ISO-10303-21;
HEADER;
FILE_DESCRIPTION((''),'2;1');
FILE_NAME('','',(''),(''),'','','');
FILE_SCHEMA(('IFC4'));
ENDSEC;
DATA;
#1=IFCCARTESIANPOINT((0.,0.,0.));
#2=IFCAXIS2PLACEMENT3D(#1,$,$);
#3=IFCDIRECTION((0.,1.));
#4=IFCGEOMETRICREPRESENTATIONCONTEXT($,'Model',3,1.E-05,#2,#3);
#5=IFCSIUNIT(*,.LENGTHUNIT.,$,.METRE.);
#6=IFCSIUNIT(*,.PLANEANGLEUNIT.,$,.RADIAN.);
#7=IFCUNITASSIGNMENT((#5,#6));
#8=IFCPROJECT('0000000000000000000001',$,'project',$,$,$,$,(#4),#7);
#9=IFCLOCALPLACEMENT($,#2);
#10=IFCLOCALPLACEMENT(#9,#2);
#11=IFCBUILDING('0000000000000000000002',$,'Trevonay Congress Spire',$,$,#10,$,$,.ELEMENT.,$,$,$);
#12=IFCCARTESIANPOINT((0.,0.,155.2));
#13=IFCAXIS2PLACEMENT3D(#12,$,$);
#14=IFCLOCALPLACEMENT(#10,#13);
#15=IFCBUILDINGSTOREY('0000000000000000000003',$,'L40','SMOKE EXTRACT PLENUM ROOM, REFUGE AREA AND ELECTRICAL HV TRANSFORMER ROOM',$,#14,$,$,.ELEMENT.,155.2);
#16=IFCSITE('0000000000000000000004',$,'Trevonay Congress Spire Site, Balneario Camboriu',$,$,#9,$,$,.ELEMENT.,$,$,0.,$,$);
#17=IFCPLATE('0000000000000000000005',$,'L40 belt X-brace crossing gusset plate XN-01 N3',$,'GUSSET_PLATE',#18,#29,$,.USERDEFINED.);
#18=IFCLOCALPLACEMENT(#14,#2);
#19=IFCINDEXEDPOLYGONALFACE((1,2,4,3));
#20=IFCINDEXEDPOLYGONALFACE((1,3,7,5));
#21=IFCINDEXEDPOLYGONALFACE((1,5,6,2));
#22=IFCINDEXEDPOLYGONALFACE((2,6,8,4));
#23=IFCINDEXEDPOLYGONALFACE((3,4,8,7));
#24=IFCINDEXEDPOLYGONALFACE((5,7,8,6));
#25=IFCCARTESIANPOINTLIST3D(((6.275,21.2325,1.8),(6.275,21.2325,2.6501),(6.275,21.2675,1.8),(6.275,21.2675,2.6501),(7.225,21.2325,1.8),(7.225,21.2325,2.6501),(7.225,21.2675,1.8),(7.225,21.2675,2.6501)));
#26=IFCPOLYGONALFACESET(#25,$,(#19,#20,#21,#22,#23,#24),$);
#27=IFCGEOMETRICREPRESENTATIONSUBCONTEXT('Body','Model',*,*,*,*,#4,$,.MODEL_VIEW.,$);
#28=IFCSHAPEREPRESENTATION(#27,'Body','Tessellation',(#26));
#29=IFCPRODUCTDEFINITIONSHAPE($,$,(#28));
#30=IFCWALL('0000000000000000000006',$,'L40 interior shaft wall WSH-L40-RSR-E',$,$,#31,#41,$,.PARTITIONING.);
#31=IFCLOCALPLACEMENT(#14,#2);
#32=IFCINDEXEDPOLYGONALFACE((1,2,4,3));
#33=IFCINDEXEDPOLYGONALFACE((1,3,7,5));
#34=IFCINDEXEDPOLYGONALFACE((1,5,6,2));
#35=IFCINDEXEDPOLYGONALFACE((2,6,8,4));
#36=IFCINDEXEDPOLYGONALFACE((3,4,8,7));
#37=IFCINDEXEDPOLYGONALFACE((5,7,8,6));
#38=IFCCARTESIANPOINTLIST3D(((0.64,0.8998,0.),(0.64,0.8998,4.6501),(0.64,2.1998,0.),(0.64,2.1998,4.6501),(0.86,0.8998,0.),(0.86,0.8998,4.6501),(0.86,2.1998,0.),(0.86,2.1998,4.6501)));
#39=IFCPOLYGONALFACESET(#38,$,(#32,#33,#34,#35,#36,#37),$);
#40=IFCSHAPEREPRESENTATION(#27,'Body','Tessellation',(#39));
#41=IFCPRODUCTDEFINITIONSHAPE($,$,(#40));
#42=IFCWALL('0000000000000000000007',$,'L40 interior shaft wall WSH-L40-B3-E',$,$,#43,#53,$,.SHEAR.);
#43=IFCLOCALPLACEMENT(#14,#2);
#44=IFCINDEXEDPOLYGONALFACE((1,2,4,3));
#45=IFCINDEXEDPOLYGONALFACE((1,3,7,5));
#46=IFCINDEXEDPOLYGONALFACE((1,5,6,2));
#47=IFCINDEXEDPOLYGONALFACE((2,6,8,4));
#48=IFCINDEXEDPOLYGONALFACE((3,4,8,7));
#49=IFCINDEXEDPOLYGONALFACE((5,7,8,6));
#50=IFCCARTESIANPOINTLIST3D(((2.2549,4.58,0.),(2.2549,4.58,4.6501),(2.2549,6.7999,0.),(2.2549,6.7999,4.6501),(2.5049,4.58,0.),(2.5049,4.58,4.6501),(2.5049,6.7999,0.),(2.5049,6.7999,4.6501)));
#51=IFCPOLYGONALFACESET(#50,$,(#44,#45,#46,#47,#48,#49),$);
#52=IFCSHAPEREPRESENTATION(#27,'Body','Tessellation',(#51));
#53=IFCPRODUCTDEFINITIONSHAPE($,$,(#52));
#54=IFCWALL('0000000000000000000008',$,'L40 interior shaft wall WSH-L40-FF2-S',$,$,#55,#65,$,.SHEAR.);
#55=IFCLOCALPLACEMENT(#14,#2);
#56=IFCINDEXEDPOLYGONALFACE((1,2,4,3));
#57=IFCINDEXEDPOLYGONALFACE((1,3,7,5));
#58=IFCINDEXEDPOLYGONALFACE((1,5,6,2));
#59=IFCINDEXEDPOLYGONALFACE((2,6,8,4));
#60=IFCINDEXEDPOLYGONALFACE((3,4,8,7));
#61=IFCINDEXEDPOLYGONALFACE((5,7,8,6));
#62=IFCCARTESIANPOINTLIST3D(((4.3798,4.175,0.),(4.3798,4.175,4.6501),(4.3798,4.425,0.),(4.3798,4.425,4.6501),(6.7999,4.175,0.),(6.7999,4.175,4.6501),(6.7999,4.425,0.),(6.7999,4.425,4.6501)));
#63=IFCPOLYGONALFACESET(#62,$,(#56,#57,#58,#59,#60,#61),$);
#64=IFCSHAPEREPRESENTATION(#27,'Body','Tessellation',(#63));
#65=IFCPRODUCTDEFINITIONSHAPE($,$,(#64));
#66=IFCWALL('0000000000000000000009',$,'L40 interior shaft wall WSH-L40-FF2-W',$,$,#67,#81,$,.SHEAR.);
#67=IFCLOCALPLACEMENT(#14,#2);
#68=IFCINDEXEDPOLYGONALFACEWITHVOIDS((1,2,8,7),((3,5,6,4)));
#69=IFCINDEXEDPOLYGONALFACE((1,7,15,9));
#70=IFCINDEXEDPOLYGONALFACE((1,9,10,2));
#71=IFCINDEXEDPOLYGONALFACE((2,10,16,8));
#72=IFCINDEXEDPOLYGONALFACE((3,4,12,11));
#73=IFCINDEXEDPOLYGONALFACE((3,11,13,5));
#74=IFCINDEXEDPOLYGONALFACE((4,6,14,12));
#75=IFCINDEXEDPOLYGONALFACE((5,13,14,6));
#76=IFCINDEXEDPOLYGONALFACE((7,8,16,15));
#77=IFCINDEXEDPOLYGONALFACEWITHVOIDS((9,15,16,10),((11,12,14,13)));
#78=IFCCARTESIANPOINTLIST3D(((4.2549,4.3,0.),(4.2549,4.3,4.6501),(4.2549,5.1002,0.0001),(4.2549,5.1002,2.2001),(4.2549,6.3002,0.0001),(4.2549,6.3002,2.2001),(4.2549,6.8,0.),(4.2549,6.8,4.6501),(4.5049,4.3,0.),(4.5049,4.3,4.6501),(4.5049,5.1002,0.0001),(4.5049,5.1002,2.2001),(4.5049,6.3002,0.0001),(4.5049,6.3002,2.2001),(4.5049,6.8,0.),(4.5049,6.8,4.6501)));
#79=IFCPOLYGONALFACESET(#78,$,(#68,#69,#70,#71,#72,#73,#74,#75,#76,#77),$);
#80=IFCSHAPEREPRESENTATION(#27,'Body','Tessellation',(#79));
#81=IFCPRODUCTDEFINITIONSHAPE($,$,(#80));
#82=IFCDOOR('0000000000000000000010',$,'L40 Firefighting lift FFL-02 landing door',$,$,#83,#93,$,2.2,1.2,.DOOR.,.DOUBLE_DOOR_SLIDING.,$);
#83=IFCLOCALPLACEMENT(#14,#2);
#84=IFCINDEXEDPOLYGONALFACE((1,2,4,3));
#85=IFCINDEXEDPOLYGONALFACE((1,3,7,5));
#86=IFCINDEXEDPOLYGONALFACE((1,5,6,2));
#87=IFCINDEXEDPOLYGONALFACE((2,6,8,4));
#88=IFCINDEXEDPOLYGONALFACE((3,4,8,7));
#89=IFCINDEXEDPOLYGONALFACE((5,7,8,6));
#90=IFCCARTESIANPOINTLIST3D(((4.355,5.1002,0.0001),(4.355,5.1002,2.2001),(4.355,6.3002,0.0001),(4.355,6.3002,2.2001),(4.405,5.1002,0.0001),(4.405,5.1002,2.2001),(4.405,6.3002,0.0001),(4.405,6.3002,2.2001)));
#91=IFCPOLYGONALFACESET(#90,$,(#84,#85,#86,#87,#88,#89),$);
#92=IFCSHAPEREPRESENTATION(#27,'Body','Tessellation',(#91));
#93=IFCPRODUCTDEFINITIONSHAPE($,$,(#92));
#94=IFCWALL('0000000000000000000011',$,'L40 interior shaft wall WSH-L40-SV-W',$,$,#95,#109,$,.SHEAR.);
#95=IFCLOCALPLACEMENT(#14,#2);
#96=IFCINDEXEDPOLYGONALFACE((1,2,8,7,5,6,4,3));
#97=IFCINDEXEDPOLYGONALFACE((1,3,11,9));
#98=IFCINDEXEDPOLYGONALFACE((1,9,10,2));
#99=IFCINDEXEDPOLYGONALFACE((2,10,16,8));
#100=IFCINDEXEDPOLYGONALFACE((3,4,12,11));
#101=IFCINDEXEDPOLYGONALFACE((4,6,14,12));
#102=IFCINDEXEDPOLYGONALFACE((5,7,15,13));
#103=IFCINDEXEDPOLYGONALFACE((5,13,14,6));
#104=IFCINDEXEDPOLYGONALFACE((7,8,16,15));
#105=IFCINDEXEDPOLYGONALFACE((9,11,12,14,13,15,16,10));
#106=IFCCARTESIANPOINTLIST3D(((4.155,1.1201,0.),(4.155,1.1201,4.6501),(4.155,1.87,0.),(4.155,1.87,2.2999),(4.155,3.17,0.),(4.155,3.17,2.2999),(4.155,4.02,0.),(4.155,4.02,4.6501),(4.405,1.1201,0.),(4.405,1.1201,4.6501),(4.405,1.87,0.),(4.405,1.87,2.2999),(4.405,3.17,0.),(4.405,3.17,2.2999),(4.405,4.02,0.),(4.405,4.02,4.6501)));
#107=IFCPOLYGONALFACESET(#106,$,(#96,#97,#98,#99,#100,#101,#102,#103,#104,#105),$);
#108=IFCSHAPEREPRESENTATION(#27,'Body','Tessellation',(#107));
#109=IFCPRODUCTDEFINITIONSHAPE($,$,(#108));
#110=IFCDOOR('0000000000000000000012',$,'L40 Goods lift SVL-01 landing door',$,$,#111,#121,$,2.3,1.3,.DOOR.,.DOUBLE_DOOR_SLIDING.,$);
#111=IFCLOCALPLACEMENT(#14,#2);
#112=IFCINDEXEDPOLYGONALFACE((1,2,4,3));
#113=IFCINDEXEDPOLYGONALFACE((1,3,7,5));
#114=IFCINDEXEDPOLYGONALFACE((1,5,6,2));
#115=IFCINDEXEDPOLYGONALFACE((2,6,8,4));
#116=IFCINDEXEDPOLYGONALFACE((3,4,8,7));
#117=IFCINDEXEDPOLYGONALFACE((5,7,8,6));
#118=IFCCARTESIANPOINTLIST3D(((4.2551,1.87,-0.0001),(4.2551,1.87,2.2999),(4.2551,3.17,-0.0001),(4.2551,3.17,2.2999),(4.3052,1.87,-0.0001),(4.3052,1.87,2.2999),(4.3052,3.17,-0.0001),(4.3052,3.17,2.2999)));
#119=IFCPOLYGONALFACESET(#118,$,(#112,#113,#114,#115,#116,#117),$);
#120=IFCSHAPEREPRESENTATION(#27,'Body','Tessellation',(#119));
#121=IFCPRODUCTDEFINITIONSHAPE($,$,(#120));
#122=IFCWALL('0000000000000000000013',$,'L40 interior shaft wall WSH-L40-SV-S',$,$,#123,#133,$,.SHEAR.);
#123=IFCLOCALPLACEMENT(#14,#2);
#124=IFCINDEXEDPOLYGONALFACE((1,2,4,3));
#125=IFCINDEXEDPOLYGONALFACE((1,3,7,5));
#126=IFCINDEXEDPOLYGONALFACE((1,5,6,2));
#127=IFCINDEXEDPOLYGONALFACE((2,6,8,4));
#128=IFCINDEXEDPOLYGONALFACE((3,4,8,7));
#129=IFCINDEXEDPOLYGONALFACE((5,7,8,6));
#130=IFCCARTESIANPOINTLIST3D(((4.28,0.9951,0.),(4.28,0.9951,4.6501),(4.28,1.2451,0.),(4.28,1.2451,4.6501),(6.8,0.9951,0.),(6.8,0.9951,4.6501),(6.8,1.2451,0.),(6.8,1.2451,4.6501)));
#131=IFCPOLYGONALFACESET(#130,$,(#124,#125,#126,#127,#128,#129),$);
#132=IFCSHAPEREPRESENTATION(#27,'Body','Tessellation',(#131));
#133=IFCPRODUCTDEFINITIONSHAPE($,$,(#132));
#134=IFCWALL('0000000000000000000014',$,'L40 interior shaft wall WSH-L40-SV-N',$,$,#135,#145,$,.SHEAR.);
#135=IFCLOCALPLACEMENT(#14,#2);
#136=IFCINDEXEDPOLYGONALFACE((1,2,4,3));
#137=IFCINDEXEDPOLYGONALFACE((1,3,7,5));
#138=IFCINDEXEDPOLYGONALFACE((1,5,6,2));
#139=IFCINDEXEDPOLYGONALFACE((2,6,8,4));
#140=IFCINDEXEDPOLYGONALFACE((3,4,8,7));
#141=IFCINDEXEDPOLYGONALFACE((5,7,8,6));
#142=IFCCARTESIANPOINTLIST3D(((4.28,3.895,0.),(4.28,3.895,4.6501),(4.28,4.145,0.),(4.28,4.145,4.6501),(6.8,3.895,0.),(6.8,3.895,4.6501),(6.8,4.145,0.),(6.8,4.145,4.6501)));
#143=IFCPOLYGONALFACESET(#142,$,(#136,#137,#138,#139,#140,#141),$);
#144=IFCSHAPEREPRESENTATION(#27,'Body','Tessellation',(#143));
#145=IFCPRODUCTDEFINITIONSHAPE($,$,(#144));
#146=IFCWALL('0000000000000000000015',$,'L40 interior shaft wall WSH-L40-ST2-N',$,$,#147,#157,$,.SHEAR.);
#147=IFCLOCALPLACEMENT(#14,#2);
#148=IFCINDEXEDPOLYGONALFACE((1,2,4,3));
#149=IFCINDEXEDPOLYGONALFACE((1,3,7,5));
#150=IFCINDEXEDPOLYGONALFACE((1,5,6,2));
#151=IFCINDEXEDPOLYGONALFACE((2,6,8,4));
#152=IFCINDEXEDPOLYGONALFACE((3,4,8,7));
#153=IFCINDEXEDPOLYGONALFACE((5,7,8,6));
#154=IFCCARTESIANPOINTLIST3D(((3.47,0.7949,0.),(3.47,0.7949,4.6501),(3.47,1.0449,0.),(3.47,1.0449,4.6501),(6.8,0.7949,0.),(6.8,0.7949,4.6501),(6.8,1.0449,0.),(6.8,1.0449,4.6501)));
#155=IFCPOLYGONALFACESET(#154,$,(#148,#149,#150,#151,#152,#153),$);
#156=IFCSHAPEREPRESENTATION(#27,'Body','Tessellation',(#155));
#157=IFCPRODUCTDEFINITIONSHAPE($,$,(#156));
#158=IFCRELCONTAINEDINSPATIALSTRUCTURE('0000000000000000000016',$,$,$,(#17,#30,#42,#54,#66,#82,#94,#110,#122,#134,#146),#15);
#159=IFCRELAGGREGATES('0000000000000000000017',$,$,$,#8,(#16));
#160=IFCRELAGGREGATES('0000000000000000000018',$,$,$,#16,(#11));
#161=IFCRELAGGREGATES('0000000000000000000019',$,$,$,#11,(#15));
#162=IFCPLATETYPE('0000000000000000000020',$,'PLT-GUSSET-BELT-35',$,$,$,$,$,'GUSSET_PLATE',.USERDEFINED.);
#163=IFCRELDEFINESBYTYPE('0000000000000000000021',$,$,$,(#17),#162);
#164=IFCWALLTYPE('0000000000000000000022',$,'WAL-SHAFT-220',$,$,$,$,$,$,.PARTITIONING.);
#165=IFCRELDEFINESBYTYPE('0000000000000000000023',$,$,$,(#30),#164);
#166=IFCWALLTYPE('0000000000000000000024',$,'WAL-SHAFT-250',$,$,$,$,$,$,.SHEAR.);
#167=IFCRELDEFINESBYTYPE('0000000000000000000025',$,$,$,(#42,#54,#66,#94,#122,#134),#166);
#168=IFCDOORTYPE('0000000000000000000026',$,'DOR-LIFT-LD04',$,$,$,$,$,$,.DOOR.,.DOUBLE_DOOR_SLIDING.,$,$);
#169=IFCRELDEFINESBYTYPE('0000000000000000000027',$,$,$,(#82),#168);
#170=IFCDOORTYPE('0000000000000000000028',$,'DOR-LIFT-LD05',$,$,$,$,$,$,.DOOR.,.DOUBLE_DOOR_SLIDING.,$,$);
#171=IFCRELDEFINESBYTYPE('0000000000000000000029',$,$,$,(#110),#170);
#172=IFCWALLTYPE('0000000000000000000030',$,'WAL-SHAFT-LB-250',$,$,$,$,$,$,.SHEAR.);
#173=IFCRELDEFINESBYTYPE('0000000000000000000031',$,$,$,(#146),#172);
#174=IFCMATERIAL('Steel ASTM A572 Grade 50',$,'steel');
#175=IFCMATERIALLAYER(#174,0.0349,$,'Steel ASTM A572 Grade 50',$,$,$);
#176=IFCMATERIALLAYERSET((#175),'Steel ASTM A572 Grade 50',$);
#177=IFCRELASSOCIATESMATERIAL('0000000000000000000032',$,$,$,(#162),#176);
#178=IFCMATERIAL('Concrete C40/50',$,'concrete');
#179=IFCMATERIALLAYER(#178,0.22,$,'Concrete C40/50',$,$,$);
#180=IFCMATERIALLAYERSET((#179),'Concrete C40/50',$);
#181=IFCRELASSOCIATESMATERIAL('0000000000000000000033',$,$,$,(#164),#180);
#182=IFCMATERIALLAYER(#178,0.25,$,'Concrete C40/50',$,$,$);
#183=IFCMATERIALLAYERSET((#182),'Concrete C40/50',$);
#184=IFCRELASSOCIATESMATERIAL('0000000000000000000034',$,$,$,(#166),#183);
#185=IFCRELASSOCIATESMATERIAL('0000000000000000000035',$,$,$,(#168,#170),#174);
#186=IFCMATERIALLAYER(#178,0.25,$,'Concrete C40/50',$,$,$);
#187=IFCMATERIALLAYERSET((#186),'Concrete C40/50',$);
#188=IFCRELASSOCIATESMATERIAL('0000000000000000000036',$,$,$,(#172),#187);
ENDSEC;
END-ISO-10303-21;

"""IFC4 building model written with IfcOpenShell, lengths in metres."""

from ifc_helpers import new_model, si_unit, direction, frame, frame_2d, origin, origin_2d, place, context, subcontext, project, spatial, rectangle, extrude, material, layer, layer_set, type_object, element, fill, save


model = new_model("IFC4")

# Units and contexts
model_context = context("Model", 3, precision=1e-05, world=origin(), true_north=direction((0.0, 1.0)))
body_context = subcontext(model_context, "Body", "Model", "MODEL_VIEW")
ifc_project = project(units=[si_unit("LENGTHUNIT", "METRE"), si_unit("PLANEANGLEUNIT", "RADIAN")], contexts=[model_context])

# Site, building, storey
site_placement = place(None, origin())
site = spatial("IfcSite", under=ifc_project, at=site_placement, Name="Trevonay Congress Spire Site, Balneario Camboriu", CompositionType="ELEMENT", RefElevation=0.0)
building_placement = place(site_placement, origin())
building = spatial("IfcBuilding", under=site, at=building_placement, Name="Trevonay Congress Spire", CompositionType="ELEMENT")
storey_placement = place(building_placement, frame((0.0, 0.0, 155.2)))
storey = spatial("IfcBuildingStorey", under=building, at=storey_placement, Name="L40", Description="SMOKE EXTRACT PLENUM ROOM, REFUGE AREA AND ELECTRICAL HV TRANSFORMER ROOM", CompositionType="ELEMENT", Elevation=155.2)

# Shared definitions
ifc_material_1 = material(Name="Steel ASTM A572 Grade 50", Category="steel")

# Plate
ifc_layer_1 = layer(ifc_material_1, 0.0349, Name="Steel ASTM A572 Grade 50")
ifc_layer_set_1 = layer_set([ifc_layer_1], Name="Steel ASTM A572 Grade 50")
plate_type = type_object("IfcPlateType", Name="PLT-GUSSET-BELT-35", ElementType="GUSSET_PLATE", PredefinedType="USERDEFINED", material=ifc_layer_set_1)
plate_placement = place(storey_placement, frame((6.75, 21.25, 1.8), z_axis=(0.0, 0.0, 1.0), x_axis=(1.0, 0.0, 0.0)))
element("IfcPlate", 1, at=plate_placement, inside=storey, type_object=plate_type, Name="L40 belt X-brace crossing gusset plate XN-01 N3", ObjectType="GUSSET_PLATE", PredefinedType="USERDEFINED", context=body_context, shape_type="SweptSolid", body=[
    extrude(rectangle(XDim=0.95, YDim=0.0349, at=origin_2d()), origin(), (0.0, 0.0, 1.0), 0.8501),
])

# Walls
ifc_material_2 = material(Name="Concrete C40/50", Category="concrete")
ifc_layer_2 = layer(ifc_material_2, 0.22, Name="Concrete C40/50")
ifc_layer_set_2 = layer_set([ifc_layer_2], Name="Concrete C40/50")
wall_type_1 = type_object("IfcWallType", Name="WAL-SHAFT-220", PredefinedType="PARTITIONING", material=ifc_layer_set_2)
wall_1_placement = place(storey_placement, frame((0.75, 0.8999, 0.0), z_axis=(0.0, 0.0, 1.0), x_axis=(0.0, 1.0, 0.0)))
element("IfcWall", 2, at=wall_1_placement, inside=storey, type_object=wall_type_1, Name="L40 interior shaft wall WSH-L40-RSR-E", PredefinedType="PARTITIONING", context=body_context, shape_type="SweptSolid", body=[
    extrude(rectangle(XDim=1.3, YDim=0.22, at=frame_2d((0.6499, 0.0))), origin(), (0.0, 0.0, 1.0), 4.6501),
])
ifc_layer_3 = layer(ifc_material_2, 0.25, Name="Concrete C40/50")
ifc_layer_set_3 = layer_set([ifc_layer_3], Name="Concrete C40/50")
wall_type_2 = type_object("IfcWallType", Name="WAL-SHAFT-250", PredefinedType="SHEAR", material=ifc_layer_set_3)
wall_2_placement = place(storey_placement, frame((2.3799, 4.5801, 0.0), z_axis=(0.0, 0.0, 1.0), x_axis=(0.0, 1.0, 0.0)))
element("IfcWall", 3, at=wall_2_placement, inside=storey, type_object=wall_type_2, Name="L40 interior shaft wall WSH-L40-B3-E", PredefinedType="SHEAR", context=body_context, shape_type="SweptSolid", body=[
    extrude(rectangle(XDim=2.22, YDim=0.25, at=frame_2d((1.1099, 0.0))), origin(), (0.0, 0.0, 1.0), 4.6501),
])
wall_3_placement = place(storey_placement, frame((4.3799, 4.3, 0.0), z_axis=(0.0, 0.0, 1.0), x_axis=(1.0, 0.0, 0.0)))
element("IfcWall", 4, at=wall_3_placement, inside=storey, type_object=wall_type_2, Name="L40 interior shaft wall WSH-L40-FF2-S", PredefinedType="SHEAR", context=body_context, shape_type="SweptSolid", body=[
    extrude(rectangle(XDim=2.4202, YDim=0.25, at=frame_2d((1.21, 0.0))), origin(), (0.0, 0.0, 1.0), 4.6501),
])

# Walls, openings, doors
wall_4_placement = place(storey_placement, frame((4.3799, 4.3, 0.0), z_axis=(0.0, 0.0, 1.0), x_axis=(0.0, 1.0, 0.0)))
wall_4 = element("IfcWall", 5, at=wall_4_placement, inside=storey, type_object=wall_type_2, Name="L40 interior shaft wall WSH-L40-FF2-W", PredefinedType="SHEAR", context=body_context, shape_type="SweptSolid", body=[
    extrude(rectangle(XDim=2.5, YDim=0.25, at=frame_2d((1.25, 0.0))), origin(), (0.0, 0.0, 1.0), 4.6501),
])
opening_1_placement = place(wall_4_placement, frame((0.8, 0.0, 0.0)))
opening_1 = element("IfcOpeningElement", 6, at=opening_1_placement, cuts=wall_4, PredefinedType="OPENING", context=body_context, shape_type="SweptSolid", body=[
    extrude(rectangle(XDim=1.2, YDim=2.2, at=frame_2d((0.6001, 1.1001))), frame((0.0, 0.135, 0.0), z_axis=(0.0, -1.0, 0.0), x_axis=(1.0, 0.0, 0.0)), (0.0, 0.0, 1.0), 0.27),
])
door_type_1 = type_object("IfcDoorType", Name="DOR-LIFT-LD04", OperationType="DOUBLE_DOOR_SLIDING", PredefinedType="DOOR", material=ifc_material_1)
door_1_placement = place(opening_1_placement, origin())
door_1 = element("IfcDoor", 7, at=door_1_placement, inside=storey, type_object=door_type_1, Name="L40 Firefighting lift FFL-02 landing door", OperationType="DOUBLE_DOOR_SLIDING", OverallHeight=2.2, OverallWidth=1.2, PredefinedType="DOOR", context=body_context, shape_type="SweptSolid", body=[
    extrude(rectangle(XDim=1.2, YDim=2.2, at=frame_2d((0.6001, 1.1001))), frame((0.0, 0.0249, 0.0), z_axis=(0.0, -1.0, 0.0), x_axis=(1.0, 0.0, 0.0)), (0.0, 0.0, 1.0), 0.05),
])
fill(opening_1, door_1)
wall_5_placement = place(storey_placement, frame((4.28, 1.1201, 0.0), z_axis=(0.0, 0.0, 1.0), x_axis=(0.0, 1.0, 0.0)))
wall_5 = element("IfcWall", 8, at=wall_5_placement, inside=storey, type_object=wall_type_2, Name="L40 interior shaft wall WSH-L40-SV-W", PredefinedType="SHEAR", context=body_context, shape_type="SweptSolid", body=[
    extrude(rectangle(XDim=2.8999, YDim=0.25, at=frame_2d((1.45, 0.0))), origin(), (0.0, 0.0, 1.0), 4.6501),
])
opening_2_placement = place(wall_5_placement, frame((0.75, 0.0, 0.0)))
opening_2 = element("IfcOpeningElement", 9, at=opening_2_placement, cuts=wall_5, PredefinedType="OPENING", context=body_context, shape_type="SweptSolid", body=[
    extrude(rectangle(XDim=1.3, YDim=2.3, at=frame_2d((0.6499, 1.1499))), frame((0.0, 0.135, 0.0), z_axis=(0.0, -1.0, 0.0), x_axis=(1.0, 0.0, 0.0)), (0.0, 0.0, 1.0), 0.27),
])
door_type_2 = type_object("IfcDoorType", Name="DOR-LIFT-LD05", OperationType="DOUBLE_DOOR_SLIDING", PredefinedType="DOOR", material=ifc_material_1)
door_2_placement = place(opening_2_placement, origin())
door_2 = element("IfcDoor", 10, at=door_2_placement, inside=storey, type_object=door_type_2, Name="L40 Goods lift SVL-01 landing door", OperationType="DOUBLE_DOOR_SLIDING", OverallHeight=2.3, OverallWidth=1.3, PredefinedType="DOOR", context=body_context, shape_type="SweptSolid", body=[
    extrude(rectangle(XDim=1.3, YDim=2.3, at=frame_2d((0.6499, 1.1499))), frame((0.0, 0.0249, 0.0), z_axis=(0.0, -1.0, 0.0), x_axis=(1.0, 0.0, 0.0)), (0.0, 0.0, 1.0), 0.05),
])
fill(opening_2, door_2)

# Walls
for number, where, z_axis, x_axis, name in (
    (11, (4.28, 1.1201, 0.0), (0.0, 0.0, 1.0), (1.0, 0.0, 0.0), "L40 interior shaft wall WSH-L40-SV-S"),
    (12, (4.28, 4.02, 0.0), (0.0, 0.0, 1.0), (1.0, 0.0, 0.0), "L40 interior shaft wall WSH-L40-SV-N"),
):
    element("IfcWall", number, at=place(storey_placement, frame(where, z_axis=z_axis, x_axis=x_axis)), inside=storey, type_object=wall_type_2, Name=name, PredefinedType="SHEAR", context=body_context, shape_type="SweptSolid", body=[
        extrude(rectangle(XDim=2.52, YDim=0.25, at=frame_2d((1.26, 0.0))), origin(), (0.0, 0.0, 1.0), 4.6501),
    ])
ifc_layer_4 = layer(ifc_material_2, 0.25, Name="Concrete C40/50")
ifc_layer_set_4 = layer_set([ifc_layer_4], Name="Concrete C40/50")
wall_type_3 = type_object("IfcWallType", Name="WAL-SHAFT-LB-250", PredefinedType="SHEAR", material=ifc_layer_set_4)
wall_6_placement = place(storey_placement, frame((3.47, 0.9199, 0.0), z_axis=(0.0, 0.0, 1.0), x_axis=(1.0, 0.0, 0.0)))
element("IfcWall", 13, at=wall_6_placement, inside=storey, type_object=wall_type_3, Name="L40 interior shaft wall WSH-L40-ST2-N", PredefinedType="SHEAR", context=body_context, shape_type="SweptSolid", body=[
    extrude(rectangle(XDim=3.3301, YDim=0.25, at=frame_2d((1.665, 0.0))), origin(), (0.0, 0.0, 1.0), 4.6501),
])

save(model, "model.ifc")
